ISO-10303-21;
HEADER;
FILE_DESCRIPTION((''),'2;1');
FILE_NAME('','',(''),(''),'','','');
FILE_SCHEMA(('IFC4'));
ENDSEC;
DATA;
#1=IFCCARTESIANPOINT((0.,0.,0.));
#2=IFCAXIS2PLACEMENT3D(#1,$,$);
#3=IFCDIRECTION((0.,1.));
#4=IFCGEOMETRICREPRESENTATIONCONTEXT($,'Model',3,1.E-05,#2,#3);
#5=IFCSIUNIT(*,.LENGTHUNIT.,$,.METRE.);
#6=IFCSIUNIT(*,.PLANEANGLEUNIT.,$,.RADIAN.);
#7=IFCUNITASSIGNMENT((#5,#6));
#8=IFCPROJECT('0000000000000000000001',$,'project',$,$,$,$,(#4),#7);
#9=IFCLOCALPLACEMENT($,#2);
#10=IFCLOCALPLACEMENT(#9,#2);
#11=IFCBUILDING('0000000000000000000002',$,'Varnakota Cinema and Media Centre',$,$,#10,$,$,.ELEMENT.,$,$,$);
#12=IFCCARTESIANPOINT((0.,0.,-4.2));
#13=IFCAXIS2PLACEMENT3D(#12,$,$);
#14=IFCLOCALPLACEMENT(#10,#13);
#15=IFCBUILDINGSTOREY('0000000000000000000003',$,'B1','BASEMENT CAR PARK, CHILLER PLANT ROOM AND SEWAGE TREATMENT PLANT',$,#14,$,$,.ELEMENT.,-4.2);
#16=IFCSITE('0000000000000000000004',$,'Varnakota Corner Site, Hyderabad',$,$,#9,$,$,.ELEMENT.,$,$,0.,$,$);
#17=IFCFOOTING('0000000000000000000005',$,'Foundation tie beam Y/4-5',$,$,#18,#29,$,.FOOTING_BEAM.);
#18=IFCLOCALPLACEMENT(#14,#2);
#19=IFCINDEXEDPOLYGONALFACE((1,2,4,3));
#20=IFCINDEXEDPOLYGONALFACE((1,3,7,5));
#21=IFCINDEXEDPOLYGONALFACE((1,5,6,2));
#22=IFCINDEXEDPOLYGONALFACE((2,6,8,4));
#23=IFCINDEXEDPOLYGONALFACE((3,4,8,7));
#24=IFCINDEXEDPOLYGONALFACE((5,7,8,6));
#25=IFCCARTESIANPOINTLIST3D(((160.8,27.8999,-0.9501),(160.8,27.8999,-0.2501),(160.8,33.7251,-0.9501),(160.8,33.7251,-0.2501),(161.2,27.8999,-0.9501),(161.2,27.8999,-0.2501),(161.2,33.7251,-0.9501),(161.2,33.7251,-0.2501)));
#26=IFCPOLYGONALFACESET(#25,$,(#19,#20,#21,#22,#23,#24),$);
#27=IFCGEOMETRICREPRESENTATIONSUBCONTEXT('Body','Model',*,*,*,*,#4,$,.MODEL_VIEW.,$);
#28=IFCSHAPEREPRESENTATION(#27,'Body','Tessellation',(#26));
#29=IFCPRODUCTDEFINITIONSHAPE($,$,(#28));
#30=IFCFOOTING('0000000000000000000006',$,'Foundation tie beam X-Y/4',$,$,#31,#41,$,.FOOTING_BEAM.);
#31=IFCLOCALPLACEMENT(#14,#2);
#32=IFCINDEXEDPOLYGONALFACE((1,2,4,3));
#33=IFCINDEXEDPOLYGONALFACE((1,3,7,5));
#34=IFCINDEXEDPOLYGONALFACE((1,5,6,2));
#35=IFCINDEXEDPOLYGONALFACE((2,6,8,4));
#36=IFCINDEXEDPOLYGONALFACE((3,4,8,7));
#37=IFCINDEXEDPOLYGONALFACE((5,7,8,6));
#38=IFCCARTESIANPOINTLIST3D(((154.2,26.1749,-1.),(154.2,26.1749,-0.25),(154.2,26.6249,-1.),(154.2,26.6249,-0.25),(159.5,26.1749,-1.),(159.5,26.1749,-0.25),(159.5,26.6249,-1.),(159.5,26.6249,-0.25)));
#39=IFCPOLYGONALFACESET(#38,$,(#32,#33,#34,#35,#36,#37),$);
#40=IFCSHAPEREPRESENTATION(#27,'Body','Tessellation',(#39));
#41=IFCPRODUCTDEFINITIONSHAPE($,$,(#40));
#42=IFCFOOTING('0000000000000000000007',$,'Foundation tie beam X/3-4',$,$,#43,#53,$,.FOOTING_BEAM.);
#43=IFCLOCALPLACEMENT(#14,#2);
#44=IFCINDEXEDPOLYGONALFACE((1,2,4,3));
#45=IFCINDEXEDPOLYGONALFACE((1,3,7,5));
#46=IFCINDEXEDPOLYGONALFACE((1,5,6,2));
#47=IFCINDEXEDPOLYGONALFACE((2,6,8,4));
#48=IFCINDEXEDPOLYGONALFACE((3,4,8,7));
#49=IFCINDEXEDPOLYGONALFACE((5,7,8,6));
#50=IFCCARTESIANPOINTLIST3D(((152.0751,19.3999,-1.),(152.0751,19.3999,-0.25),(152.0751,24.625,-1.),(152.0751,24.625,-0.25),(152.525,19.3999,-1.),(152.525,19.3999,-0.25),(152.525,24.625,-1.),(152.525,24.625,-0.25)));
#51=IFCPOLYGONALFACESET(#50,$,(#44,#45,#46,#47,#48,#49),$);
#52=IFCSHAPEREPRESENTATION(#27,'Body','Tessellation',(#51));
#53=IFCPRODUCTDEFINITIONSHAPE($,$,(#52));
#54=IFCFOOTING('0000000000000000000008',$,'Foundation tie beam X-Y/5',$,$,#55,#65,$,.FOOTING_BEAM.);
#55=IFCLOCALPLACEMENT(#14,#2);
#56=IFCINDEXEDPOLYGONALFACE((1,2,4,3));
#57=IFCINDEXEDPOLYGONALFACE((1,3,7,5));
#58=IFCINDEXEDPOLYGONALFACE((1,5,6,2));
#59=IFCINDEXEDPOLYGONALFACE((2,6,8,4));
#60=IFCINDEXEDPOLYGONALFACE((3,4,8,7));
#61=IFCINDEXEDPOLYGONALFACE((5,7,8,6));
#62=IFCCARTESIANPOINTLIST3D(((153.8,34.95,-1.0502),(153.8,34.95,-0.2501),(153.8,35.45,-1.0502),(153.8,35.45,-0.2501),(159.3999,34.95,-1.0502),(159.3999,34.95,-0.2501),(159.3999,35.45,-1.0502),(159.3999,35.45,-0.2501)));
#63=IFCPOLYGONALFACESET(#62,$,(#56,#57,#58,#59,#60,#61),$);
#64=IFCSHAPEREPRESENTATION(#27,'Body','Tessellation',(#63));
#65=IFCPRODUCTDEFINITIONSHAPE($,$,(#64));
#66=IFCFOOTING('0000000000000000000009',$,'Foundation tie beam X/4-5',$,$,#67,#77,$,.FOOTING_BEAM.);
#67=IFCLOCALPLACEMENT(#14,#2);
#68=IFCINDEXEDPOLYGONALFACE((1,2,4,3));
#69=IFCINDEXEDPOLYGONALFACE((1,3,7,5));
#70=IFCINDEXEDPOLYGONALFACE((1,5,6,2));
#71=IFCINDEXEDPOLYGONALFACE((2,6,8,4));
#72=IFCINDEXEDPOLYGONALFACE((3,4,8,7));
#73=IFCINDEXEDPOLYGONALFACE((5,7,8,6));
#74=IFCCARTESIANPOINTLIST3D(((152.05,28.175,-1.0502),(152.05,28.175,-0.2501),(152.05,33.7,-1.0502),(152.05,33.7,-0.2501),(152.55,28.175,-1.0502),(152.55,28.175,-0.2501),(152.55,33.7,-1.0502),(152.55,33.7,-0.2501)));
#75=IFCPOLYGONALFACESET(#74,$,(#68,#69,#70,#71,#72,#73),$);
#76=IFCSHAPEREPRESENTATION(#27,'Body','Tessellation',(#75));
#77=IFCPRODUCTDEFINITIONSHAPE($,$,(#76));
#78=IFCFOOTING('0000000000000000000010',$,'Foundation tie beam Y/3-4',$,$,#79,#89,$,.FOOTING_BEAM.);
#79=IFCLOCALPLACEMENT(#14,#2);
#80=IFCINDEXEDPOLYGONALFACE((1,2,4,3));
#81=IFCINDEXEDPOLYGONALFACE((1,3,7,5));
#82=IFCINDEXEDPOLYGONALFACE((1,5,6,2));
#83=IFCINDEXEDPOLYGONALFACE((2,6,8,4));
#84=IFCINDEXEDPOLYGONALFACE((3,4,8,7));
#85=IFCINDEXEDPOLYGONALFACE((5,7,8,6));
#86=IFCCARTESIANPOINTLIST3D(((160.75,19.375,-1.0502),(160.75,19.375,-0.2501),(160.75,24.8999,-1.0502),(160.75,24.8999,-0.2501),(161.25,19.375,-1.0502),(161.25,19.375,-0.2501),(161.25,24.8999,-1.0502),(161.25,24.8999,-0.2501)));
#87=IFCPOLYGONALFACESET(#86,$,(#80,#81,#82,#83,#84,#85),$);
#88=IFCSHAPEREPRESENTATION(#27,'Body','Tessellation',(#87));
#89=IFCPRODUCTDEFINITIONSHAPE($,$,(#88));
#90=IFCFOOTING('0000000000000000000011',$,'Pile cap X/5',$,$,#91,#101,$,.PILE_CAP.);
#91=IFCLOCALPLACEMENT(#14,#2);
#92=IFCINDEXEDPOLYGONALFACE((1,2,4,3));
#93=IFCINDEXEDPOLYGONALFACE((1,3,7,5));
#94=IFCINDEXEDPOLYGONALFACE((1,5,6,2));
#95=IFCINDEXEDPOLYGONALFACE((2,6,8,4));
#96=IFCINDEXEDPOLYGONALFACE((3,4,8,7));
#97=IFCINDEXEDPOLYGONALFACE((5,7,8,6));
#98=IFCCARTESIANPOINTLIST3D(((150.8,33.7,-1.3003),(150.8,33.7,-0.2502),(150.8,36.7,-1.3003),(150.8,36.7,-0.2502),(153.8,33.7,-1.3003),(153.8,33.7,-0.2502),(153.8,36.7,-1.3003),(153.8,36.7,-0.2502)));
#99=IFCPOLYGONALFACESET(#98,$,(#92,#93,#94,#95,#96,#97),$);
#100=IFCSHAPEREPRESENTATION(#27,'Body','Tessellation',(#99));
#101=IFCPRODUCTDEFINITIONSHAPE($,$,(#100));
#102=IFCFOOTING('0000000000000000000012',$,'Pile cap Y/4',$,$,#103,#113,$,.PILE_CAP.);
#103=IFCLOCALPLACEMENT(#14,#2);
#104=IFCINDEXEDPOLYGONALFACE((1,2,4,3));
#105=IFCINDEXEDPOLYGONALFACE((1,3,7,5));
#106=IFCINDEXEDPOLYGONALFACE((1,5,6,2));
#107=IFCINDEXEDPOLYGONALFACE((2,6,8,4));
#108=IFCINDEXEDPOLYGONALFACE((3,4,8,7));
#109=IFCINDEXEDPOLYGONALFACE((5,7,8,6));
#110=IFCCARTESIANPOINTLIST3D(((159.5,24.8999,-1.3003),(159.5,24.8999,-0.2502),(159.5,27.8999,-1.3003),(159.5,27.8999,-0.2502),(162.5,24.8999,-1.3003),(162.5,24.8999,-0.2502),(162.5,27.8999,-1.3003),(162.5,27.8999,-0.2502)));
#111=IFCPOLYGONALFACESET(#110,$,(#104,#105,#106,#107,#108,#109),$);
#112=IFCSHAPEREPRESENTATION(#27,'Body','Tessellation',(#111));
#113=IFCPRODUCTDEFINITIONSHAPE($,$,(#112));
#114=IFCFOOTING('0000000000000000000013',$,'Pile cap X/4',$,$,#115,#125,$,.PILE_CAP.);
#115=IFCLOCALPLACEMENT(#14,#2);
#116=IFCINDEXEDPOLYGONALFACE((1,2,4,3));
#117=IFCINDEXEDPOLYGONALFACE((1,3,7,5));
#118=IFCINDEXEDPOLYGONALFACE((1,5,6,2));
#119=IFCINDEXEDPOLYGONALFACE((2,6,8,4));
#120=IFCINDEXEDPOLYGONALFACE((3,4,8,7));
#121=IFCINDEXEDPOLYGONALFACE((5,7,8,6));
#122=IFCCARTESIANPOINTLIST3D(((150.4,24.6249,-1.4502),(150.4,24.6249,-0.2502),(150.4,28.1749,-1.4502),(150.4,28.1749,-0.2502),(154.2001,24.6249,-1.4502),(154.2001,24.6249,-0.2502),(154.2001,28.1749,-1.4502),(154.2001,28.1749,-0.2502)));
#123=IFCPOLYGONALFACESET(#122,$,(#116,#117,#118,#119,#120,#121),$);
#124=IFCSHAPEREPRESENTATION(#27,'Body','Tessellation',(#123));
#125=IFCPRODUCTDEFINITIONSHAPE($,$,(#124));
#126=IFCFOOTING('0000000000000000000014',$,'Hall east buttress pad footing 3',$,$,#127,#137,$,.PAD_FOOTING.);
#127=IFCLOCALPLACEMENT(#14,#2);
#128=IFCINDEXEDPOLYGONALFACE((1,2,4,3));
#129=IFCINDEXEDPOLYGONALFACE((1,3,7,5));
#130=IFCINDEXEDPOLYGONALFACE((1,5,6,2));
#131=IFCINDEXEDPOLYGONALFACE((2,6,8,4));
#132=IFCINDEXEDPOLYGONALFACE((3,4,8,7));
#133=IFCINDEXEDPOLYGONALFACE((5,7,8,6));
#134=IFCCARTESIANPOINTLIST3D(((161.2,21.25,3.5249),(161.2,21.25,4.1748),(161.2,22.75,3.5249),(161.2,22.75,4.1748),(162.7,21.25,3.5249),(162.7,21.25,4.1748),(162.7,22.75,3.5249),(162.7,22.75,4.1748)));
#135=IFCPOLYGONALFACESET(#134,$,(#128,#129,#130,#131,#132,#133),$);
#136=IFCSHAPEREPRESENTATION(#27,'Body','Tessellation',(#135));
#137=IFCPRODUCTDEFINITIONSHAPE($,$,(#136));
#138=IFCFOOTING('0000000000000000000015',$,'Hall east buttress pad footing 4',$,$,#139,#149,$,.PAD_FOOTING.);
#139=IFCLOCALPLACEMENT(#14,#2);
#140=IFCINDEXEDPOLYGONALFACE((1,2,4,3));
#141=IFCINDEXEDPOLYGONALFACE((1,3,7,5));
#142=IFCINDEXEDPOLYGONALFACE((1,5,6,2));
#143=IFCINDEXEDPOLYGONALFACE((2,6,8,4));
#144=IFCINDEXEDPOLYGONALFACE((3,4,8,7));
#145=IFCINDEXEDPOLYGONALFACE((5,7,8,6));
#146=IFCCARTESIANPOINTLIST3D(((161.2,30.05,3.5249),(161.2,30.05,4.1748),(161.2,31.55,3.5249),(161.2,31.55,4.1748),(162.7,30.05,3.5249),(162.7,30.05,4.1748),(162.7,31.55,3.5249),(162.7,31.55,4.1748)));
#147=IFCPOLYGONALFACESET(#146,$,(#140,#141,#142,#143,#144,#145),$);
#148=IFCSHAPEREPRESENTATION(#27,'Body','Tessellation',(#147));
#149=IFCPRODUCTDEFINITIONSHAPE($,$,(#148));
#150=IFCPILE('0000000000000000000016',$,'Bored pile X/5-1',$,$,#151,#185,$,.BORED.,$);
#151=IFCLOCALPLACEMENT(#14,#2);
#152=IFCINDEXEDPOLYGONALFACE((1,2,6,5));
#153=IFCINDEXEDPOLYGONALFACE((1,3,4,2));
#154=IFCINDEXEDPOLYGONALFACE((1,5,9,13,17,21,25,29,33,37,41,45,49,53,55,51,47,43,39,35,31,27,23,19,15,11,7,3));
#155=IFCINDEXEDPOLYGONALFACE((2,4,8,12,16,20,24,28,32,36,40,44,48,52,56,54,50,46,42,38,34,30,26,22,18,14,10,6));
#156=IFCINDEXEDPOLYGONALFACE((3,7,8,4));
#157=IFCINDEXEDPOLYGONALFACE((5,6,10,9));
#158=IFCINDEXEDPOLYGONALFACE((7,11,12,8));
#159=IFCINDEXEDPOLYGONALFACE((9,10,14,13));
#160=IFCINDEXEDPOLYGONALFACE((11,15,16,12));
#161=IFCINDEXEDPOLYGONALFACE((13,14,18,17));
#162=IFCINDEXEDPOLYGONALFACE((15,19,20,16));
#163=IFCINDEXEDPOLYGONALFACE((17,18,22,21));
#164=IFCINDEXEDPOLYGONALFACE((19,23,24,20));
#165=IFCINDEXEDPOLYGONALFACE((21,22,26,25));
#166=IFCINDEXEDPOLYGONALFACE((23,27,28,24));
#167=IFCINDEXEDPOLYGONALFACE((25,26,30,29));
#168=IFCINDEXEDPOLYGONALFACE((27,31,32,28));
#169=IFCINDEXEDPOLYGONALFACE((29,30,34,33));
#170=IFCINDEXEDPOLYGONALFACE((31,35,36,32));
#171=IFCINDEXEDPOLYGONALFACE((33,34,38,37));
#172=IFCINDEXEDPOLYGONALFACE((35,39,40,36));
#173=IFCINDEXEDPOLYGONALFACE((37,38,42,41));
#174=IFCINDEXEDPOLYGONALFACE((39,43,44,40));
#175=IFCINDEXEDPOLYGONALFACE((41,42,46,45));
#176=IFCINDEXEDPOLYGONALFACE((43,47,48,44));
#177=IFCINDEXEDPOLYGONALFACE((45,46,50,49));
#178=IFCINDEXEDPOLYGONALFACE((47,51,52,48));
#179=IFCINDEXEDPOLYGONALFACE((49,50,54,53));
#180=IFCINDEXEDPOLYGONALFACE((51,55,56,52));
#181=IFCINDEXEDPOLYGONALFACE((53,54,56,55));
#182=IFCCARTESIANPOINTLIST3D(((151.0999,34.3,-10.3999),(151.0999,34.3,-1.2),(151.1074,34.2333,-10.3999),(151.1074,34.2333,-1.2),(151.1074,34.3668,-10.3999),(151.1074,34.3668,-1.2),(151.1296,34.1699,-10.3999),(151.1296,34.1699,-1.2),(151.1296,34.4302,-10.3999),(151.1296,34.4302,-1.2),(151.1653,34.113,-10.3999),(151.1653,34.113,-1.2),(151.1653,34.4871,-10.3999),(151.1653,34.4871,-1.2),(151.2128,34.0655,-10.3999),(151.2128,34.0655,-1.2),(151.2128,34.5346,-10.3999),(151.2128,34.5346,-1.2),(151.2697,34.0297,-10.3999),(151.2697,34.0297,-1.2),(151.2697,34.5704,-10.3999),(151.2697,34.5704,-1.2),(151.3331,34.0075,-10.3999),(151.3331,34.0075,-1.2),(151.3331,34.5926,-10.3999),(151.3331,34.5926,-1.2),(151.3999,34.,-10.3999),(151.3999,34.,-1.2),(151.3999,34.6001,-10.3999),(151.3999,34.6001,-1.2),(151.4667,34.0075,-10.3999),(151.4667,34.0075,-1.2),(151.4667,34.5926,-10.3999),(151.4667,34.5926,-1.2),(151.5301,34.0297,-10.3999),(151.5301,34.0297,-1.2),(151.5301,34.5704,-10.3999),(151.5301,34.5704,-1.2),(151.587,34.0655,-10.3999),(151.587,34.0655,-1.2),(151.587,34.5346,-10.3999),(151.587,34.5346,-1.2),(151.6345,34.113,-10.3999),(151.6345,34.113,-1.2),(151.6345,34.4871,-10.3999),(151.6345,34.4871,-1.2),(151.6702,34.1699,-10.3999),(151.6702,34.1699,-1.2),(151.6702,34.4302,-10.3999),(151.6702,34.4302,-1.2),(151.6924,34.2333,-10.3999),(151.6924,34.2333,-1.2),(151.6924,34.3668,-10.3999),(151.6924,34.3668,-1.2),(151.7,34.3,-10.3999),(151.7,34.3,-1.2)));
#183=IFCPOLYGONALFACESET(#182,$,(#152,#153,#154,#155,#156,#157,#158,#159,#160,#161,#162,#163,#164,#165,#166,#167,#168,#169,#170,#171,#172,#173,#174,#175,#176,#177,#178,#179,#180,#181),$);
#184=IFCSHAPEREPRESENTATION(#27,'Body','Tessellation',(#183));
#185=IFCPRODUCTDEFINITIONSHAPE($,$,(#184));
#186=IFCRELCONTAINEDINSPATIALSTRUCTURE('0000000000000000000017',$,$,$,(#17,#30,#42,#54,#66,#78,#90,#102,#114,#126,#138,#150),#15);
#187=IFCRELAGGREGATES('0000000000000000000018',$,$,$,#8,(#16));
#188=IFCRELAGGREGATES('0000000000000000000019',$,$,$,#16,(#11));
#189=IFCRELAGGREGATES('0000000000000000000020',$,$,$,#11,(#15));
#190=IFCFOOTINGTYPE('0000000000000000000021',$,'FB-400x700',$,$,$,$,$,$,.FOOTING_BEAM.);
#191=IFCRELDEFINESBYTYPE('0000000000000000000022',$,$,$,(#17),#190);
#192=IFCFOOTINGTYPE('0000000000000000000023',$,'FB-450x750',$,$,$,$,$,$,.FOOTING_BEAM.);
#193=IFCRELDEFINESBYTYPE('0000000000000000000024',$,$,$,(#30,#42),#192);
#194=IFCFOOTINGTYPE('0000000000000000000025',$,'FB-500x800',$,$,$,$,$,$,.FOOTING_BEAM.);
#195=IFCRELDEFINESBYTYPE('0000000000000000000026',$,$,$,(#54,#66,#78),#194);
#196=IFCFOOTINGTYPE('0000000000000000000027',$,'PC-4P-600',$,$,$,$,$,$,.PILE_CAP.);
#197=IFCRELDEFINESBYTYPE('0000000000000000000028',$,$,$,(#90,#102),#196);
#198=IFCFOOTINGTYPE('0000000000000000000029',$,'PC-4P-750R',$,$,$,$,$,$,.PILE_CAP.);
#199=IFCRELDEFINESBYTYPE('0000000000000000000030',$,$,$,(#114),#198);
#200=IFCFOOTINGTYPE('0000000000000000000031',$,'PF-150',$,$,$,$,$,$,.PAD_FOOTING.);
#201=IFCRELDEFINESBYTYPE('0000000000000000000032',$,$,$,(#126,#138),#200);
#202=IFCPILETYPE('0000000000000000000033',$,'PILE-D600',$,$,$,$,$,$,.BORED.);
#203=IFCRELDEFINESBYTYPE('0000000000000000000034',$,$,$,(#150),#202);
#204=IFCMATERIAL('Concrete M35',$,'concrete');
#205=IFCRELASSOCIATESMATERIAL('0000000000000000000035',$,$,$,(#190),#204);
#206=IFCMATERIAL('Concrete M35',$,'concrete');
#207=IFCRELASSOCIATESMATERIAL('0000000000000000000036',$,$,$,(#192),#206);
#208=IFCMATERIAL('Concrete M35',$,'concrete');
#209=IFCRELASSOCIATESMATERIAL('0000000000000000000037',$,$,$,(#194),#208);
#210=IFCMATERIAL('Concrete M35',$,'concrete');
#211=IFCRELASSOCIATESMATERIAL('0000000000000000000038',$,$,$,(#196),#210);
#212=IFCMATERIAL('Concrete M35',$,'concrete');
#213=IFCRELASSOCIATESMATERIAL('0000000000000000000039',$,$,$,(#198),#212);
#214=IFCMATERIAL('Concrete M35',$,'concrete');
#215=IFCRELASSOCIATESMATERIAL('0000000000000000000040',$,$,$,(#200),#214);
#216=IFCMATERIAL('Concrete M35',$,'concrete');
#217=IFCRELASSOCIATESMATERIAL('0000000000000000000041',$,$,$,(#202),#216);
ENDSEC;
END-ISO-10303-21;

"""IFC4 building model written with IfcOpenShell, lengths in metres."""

from ifc_helpers import new_model, si_unit, direction, frame, origin, origin_2d, place, context, subcontext, project, spatial, rectangle, circle, extrude, material, material_profile, profile_set, type_object, element, save


model = new_model("IFC4")

# Units and contexts
model_context = context("Model", 3, precision=1e-05, world=origin(), true_north=direction((0.0, 1.0)))
body_context = subcontext(model_context, "Body", "Model", "MODEL_VIEW")
ifc_project = project(units=[si_unit("LENGTHUNIT", "METRE"), si_unit("PLANEANGLEUNIT", "RADIAN")], contexts=[model_context])

# Site, building, storey
site_placement = place(None, origin())
site = spatial("IfcSite", under=ifc_project, at=site_placement, Name="Varnakota Corner Site, Hyderabad", CompositionType="ELEMENT", RefElevation=0.0)
building_placement = place(site_placement, origin())
building = spatial("IfcBuilding", under=site, at=building_placement, Name="Varnakota Cinema and Media Centre", CompositionType="ELEMENT")
storey_placement = place(building_placement, frame((0.0, 0.0, -4.2)))
storey = spatial("IfcBuildingStorey", under=building, at=storey_placement, Name="B1", Description="BASEMENT CAR PARK, CHILLER PLANT ROOM AND SEWAGE TREATMENT PLANT", CompositionType="ELEMENT", Elevation=-4.2)

# Footings
ifc_material_1 = material(Name="Concrete M35", Category="concrete")
ifc_material_profile_1 = material_profile(ifc_material_1, rectangle(XDim=0.3999, YDim=0.7, at=origin_2d()), Name="FB 400x700")
ifc_profile_set_1 = profile_set([ifc_material_profile_1], Name="Concrete M35")
footing_type_1 = type_object("IfcFootingType", Name="FB-400x700", PredefinedType="FOOTING_BEAM", material=ifc_profile_set_1)
footing_1_placement = place(storey_placement, frame((161.0, 27.8999, -0.6001), z_axis=(0.0, 1.0, 0.0), x_axis=(-1.0, 0.0, 0.0)))
element("IfcFooting", 1, at=footing_1_placement, inside=storey, type_object=footing_type_1, Name="Foundation tie beam Y/4-5", PredefinedType="FOOTING_BEAM", context=body_context, shape_type="SweptSolid", body=[
    extrude(rectangle(XDim=0.3999, YDim=0.7, at=origin_2d()), origin(), (0.0, 0.0, 1.0), 5.8252),
])
ifc_material_2 = material(Name="Concrete M35", Category="concrete")
ifc_material_profile_2 = material_profile(ifc_material_2, rectangle(XDim=0.45, YDim=0.75, at=origin_2d()), Name="FB 450x750")
ifc_profile_set_2 = profile_set([ifc_material_profile_2], Name="Concrete M35")
footing_type_2 = type_object("IfcFootingType", Name="FB-450x750", PredefinedType="FOOTING_BEAM", material=ifc_profile_set_2)
footing_2_placement = place(storey_placement, frame((154.2, 26.3999, -0.625), z_axis=(1.0, 0.0, 0.0), x_axis=(0.0, 1.0, 0.0)))
element("IfcFooting", 2, at=footing_2_placement, inside=storey, type_object=footing_type_2, Name="Foundation tie beam X-Y/4", PredefinedType="FOOTING_BEAM", context=body_context, shape_type="SweptSolid", body=[
    extrude(rectangle(XDim=0.45, YDim=0.75, at=origin_2d()), origin(), (0.0, 0.0, 1.0), 5.3),
])
footing_3_placement = place(storey_placement, frame((152.3, 19.3999, -0.625), z_axis=(0.0, 1.0, 0.0), x_axis=(-1.0, 0.0, 0.0)))
element("IfcFooting", 3, at=footing_3_placement, inside=storey, type_object=footing_type_2, Name="Foundation tie beam X/3-4", PredefinedType="FOOTING_BEAM", context=body_context, shape_type="SweptSolid", body=[
    extrude(rectangle(XDim=0.45, YDim=0.75, at=origin_2d()), origin(), (0.0, 0.0, 1.0), 5.2251),
])
ifc_material_3 = material(Name="Concrete M35", Category="concrete")
ifc_material_profile_3 = material_profile(ifc_material_3, rectangle(XDim=0.5, YDim=0.8, at=origin_2d()), Name="FB 500x800")
ifc_profile_set_3 = profile_set([ifc_material_profile_3], Name="Concrete M35")
footing_type_3 = type_object("IfcFootingType", Name="FB-500x800", PredefinedType="FOOTING_BEAM", material=ifc_profile_set_3)
footing_4_placement = place(storey_placement, frame((153.8, 35.2, -0.6501), z_axis=(1.0, 0.0, 0.0), x_axis=(0.0, 1.0, 0.0)))
element("IfcFooting", 4, at=footing_4_placement, inside=storey, type_object=footing_type_3, Name="Foundation tie beam X-Y/5", PredefinedType="FOOTING_BEAM", context=body_context, shape_type="SweptSolid", body=[
    extrude(rectangle(XDim=0.5, YDim=0.8, at=origin_2d()), origin(), (0.0, 0.0, 1.0), 5.5999),
])
for number, where, z_axis, x_axis, name in (
    (5, (152.3, 28.175, -0.6501), (0.0, 1.0, 0.0), (-1.0, 0.0, 0.0), "Foundation tie beam X/4-5"),
    (6, (161.0, 19.375, -0.6501), (0.0, 1.0, 0.0), (-1.0, 0.0, 0.0), "Foundation tie beam Y/3-4"),
):
    element("IfcFooting", number, at=place(storey_placement, frame(where, z_axis=z_axis, x_axis=x_axis)), inside=storey, type_object=footing_type_3, Name=name, PredefinedType="FOOTING_BEAM", context=body_context, shape_type="SweptSolid", body=[
        extrude(rectangle(XDim=0.5, YDim=0.8, at=origin_2d()), origin(), (0.0, 0.0, 1.0), 5.5249),
    ])
ifc_material_4 = material(Name="Concrete M35", Category="concrete")
footing_type_4 = type_object("IfcFootingType", Name="PC-4P-600", PredefinedType="PILE_CAP", material=ifc_material_4)
for number, where, z_axis, x_axis, name in (
    (7, (152.3, 35.2, -1.3003), (0.0, 0.0, 1.0), (1.0, 0.0, 0.0), "Pile cap X/5"),
    (8, (161.0, 26.3999, -1.3003), (0.0, 0.0, 1.0), (1.0, 0.0, 0.0), "Pile cap Y/4"),
):
    element("IfcFooting", number, at=place(storey_placement, frame(where, z_axis=z_axis, x_axis=x_axis)), inside=storey, type_object=footing_type_4, Name=name, PredefinedType="PILE_CAP", context=body_context, shape_type="SweptSolid", body=[
        extrude(rectangle(XDim=3.0, YDim=3.0, at=origin_2d()), origin(), (0.0, 0.0, 1.0), 1.05),
    ])
ifc_material_5 = material(Name="Concrete M35", Category="concrete")
footing_type_5 = type_object("IfcFootingType", Name="PC-4P-750R", PredefinedType="PILE_CAP", material=ifc_material_5)
footing_5_placement = place(storey_placement, frame((152.3, 26.3999, -1.4502), z_axis=(0.0, 0.0, 1.0), x_axis=(1.0, 0.0, 0.0)))
element("IfcFooting", 9, at=footing_5_placement, inside=storey, type_object=footing_type_5, Name="Pile cap X/4", PredefinedType="PILE_CAP", context=body_context, shape_type="SweptSolid", body=[
    extrude(rectangle(XDim=3.8, YDim=3.55, at=origin_2d()), origin(), (0.0, 0.0, 1.0), 1.2),
])
ifc_material_6 = material(Name="Concrete M35", Category="concrete")
footing_type_6 = type_object("IfcFootingType", Name="PF-150", PredefinedType="PAD_FOOTING", material=ifc_material_6)
for number, where, z_axis, x_axis, name in (
    (10, (161.95, 22.0, 3.5249), (0.0, 0.0, 1.0), (1.0, 0.0, 0.0), "Hall east buttress pad footing 3"),
    (11, (161.95, 30.8, 3.5249), (0.0, 0.0, 1.0), (1.0, 0.0, 0.0), "Hall east buttress pad footing 4"),
):
    element("IfcFooting", number, at=place(storey_placement, frame(where, z_axis=z_axis, x_axis=x_axis)), inside=storey, type_object=footing_type_6, Name=name, PredefinedType="PAD_FOOTING", context=body_context, shape_type="SweptSolid", body=[
        extrude(rectangle(XDim=1.5, YDim=1.5, at=origin_2d()), origin(), (0.0, 0.0, 1.0), 0.6499),
    ])

# Pile
ifc_material_7 = material(Name="Concrete M35", Category="concrete")
ifc_material_profile_4 = material_profile(ifc_material_7, circle(Radius=0.3, at=origin_2d()), Name="PILE D600")
ifc_profile_set_4 = profile_set([ifc_material_profile_4], Name="Concrete M35")
pile_type_1 = type_object("IfcPileType", Name="PILE-D600", PredefinedType="BORED", material=ifc_profile_set_4)
for number, where, z_axis, x_axis, name in (
    (12, (151.3999, 34.3, -1.2), (0.0, 0.0, -1.0), (1.0, 0.0, 0.0), "Bored pile X/5-1"),
):
    element("IfcPile", number, at=place(storey_placement, frame(where, z_axis=z_axis, x_axis=x_axis)), inside=storey, type_object=pile_type_1, Name=name, PredefinedType="BORED", context=body_context, shape_type="SweptSolid", body=[
        extrude(circle(Radius=0.3, at=origin_2d()), origin(), (0.0, 0.0, 1.0), 9.2),
    ])

save(model, "model.ifc")
